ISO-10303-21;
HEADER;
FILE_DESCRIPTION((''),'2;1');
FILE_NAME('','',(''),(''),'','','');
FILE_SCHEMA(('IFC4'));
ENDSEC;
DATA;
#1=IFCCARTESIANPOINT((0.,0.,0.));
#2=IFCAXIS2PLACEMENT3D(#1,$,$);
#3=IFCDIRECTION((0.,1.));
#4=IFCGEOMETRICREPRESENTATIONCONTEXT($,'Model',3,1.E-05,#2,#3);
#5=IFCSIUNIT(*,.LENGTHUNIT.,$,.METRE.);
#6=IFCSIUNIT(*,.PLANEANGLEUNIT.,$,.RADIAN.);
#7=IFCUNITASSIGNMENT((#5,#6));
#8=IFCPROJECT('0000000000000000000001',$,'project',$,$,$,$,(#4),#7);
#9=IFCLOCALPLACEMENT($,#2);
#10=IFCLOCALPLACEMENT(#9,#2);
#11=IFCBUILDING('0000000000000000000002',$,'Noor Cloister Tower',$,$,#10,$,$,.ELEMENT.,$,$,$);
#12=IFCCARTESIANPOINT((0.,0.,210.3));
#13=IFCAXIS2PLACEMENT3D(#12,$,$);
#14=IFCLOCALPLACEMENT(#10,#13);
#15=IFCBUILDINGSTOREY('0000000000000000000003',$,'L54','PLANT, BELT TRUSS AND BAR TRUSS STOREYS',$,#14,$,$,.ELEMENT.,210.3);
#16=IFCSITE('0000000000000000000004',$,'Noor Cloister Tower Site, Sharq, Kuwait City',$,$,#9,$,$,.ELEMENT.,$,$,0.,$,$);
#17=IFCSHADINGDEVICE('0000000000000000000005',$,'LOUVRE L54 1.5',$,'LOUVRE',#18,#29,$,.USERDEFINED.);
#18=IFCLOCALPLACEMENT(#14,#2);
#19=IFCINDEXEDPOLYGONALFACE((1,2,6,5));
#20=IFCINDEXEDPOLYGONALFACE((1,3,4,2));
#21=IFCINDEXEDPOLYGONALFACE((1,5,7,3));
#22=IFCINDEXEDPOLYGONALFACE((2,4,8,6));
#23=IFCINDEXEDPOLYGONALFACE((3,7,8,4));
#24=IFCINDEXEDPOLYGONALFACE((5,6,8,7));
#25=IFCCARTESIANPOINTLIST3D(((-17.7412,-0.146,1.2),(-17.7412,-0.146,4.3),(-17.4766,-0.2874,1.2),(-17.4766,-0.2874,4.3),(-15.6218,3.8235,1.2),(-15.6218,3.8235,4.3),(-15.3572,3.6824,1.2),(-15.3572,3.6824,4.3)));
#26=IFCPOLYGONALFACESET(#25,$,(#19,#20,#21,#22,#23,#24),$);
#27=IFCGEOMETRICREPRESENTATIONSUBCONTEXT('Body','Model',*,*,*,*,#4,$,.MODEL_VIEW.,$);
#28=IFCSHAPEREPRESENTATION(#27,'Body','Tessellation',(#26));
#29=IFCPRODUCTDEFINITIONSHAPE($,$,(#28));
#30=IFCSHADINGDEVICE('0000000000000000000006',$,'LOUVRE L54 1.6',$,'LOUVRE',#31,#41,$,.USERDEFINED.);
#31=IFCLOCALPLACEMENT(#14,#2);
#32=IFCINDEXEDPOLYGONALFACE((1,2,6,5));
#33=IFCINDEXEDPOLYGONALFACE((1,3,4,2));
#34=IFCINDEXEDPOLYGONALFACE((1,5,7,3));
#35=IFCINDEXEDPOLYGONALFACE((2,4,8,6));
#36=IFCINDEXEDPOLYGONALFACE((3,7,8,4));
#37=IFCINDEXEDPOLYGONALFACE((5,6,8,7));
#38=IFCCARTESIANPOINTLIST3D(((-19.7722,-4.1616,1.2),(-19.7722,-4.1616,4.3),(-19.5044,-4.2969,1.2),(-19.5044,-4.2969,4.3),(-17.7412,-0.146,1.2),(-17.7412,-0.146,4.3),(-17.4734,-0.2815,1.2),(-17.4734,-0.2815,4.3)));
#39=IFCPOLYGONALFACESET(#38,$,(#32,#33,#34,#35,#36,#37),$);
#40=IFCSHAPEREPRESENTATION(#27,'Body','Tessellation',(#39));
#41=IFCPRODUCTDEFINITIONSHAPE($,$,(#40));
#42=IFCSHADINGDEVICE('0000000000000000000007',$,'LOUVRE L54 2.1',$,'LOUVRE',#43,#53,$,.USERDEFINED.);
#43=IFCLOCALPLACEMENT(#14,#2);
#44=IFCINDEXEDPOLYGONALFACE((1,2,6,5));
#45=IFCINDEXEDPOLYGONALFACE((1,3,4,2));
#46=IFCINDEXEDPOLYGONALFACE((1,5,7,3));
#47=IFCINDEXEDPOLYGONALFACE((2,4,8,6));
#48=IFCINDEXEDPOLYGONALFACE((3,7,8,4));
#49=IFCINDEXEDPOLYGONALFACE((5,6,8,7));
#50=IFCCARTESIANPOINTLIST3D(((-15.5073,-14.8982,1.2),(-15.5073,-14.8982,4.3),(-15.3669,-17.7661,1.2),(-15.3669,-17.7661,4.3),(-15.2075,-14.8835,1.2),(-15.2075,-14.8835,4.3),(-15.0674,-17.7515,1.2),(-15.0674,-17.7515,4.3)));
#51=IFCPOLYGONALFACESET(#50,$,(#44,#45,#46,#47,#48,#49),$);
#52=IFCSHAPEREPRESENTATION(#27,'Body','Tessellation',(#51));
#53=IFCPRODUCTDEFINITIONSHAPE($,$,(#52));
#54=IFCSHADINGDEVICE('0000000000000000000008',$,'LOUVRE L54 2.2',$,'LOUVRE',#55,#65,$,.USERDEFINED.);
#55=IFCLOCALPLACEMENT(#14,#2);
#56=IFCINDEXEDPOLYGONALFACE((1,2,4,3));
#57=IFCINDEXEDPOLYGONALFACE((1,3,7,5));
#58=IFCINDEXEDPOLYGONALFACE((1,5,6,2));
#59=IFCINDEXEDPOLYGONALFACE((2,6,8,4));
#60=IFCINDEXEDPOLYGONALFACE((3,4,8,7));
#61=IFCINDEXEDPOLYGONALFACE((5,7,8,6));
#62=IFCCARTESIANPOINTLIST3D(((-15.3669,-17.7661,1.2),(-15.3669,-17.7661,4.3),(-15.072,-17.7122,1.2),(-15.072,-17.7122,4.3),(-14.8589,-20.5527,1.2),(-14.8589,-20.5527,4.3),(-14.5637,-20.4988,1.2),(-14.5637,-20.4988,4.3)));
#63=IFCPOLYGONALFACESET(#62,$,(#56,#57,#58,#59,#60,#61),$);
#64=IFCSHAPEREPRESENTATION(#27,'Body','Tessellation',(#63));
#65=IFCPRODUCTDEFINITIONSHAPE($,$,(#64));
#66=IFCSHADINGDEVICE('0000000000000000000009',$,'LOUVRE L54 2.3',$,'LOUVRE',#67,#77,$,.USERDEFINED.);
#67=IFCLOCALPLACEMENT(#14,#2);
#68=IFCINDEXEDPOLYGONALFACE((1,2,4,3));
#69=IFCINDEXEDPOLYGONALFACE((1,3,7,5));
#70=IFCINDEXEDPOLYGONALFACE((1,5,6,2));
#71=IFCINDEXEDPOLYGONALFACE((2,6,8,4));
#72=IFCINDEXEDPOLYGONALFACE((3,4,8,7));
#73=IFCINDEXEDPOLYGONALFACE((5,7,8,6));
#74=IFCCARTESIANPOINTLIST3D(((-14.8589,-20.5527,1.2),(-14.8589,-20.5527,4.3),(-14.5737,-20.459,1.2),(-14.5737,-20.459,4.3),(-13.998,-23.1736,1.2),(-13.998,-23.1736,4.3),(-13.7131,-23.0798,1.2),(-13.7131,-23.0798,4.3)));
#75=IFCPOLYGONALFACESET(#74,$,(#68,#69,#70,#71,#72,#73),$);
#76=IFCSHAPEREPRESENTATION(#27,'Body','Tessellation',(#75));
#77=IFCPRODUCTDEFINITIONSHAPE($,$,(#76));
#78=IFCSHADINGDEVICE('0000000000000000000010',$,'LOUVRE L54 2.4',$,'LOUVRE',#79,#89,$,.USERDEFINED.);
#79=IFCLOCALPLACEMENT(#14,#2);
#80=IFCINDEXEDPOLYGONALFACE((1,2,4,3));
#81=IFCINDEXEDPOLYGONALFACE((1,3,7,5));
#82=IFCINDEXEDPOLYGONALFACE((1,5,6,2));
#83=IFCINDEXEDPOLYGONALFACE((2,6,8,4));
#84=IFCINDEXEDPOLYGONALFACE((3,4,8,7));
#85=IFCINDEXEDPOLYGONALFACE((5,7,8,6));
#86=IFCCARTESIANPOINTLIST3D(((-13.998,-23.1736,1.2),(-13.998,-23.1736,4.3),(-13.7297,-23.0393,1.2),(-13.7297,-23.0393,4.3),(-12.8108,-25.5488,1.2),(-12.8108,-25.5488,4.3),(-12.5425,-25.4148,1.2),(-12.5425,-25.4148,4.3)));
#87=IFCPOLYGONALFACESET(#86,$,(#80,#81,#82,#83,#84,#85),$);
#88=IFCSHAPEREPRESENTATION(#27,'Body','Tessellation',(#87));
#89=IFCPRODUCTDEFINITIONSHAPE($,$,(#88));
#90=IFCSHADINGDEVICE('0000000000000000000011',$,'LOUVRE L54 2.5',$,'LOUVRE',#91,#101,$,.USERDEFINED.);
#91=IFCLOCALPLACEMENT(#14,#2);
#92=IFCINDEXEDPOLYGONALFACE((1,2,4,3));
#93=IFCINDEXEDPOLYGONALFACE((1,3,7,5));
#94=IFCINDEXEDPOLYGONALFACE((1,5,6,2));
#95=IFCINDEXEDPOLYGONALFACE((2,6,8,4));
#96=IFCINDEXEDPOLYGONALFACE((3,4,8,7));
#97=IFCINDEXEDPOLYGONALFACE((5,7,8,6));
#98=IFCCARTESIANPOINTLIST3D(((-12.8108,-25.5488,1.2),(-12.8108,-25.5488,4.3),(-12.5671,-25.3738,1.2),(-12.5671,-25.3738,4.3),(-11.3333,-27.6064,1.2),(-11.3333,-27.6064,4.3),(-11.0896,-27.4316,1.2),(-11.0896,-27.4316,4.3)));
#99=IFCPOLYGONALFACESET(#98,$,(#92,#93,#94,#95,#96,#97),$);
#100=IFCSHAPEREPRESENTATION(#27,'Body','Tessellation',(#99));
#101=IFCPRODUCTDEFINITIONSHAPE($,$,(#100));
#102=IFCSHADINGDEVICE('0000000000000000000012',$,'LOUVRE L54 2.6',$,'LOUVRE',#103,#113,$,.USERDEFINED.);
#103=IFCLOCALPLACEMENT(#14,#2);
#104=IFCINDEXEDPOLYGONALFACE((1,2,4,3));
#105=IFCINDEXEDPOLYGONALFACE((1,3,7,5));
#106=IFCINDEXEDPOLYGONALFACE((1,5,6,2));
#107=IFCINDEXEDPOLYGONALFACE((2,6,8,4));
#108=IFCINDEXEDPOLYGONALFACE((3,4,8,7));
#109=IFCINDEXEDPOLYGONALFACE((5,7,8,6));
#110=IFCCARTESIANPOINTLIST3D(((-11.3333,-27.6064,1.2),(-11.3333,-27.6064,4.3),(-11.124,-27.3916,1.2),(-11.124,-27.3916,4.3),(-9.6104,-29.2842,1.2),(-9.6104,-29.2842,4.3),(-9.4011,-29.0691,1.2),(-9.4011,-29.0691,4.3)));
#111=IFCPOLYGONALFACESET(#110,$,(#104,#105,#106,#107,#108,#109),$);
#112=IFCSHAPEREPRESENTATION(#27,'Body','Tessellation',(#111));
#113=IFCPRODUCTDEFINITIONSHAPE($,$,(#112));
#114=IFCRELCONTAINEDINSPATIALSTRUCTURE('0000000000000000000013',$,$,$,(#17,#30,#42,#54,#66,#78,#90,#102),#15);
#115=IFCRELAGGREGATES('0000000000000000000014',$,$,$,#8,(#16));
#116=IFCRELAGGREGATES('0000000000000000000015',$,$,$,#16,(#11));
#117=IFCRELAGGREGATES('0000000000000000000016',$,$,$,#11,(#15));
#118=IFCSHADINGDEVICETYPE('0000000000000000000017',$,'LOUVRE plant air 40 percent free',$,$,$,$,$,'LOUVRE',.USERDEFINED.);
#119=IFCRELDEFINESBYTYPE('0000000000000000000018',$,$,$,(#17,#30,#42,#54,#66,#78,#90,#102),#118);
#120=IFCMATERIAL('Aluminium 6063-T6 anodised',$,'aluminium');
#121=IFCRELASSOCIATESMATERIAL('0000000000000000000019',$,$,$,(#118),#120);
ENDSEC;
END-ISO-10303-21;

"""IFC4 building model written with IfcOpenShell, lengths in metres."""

from ifc_helpers import new_model, si_unit, direction, frame, origin, place, context, subcontext, project, spatial, polyline, outline, extrude, material, type_object, element, save


model = new_model("IFC4")

# Units and contexts
model_context = context("Model", 3, precision=1e-05, world=origin(), true_north=direction((0.0, 1.0)))
body_context = subcontext(model_context, "Body", "Model", "MODEL_VIEW")
ifc_project = project(units=[si_unit("LENGTHUNIT", "METRE"), si_unit("PLANEANGLEUNIT", "RADIAN")], contexts=[model_context])

# Site, building, storey
site_placement = place(None, origin())
site = spatial("IfcSite", under=ifc_project, at=site_placement, Name="Noor Cloister Tower Site, Sharq, Kuwait City", CompositionType="ELEMENT", RefElevation=0.0)
building_placement = place(site_placement, origin())
building = spatial("IfcBuilding", under=site, at=building_placement, Name="Noor Cloister Tower", CompositionType="ELEMENT")
storey_placement = place(building_placement, frame((0.0, 0.0, 210.3)))
storey = spatial("IfcBuildingStorey", under=building, at=storey_placement, Name="L54", Description="PLANT, BELT TRUSS AND BAR TRUSS STOREYS", CompositionType="ELEMENT", Elevation=210.3)

# Shading devices
ifc_material_1 = material(Name="Aluminium 6063-T6 anodised", Category="aluminium")
shading_device_type = type_object("IfcShadingDeviceType", Name="LOUVRE plant air 40 percent free", ElementType="LOUVRE", PredefinedType="USERDEFINED", material=ifc_material_1)
shading_device_1_placement = place(storey_placement, frame((0.0, 0.0, 1.2)))
element("IfcShadingDevice", 1, at=shading_device_1_placement, inside=storey, type_object=shading_device_type, Name="LOUVRE L54 1.5", ObjectType="LOUVRE", PredefinedType="USERDEFINED", context=body_context, shape_type="SweptSolid", body=[
    extrude(outline(polyline([(-15.6218, 3.8235), (-17.7412, -0.146), (-17.4766, -0.2874), (-15.3572, 3.6824), (-15.6218, 3.8235)])), origin(), (0.0, 0.0, 1.0), 3.1001),
])
shading_device_2_placement = place(storey_placement, frame((0.0, 0.0, 1.2)))
element("IfcShadingDevice", 2, at=shading_device_2_placement, inside=storey, type_object=shading_device_type, Name="LOUVRE L54 1.6", ObjectType="LOUVRE", PredefinedType="USERDEFINED", context=body_context, shape_type="SweptSolid", body=[
    extrude(outline(polyline([(-17.7412, -0.146), (-19.7722, -4.1616), (-19.5044, -4.2969), (-17.4734, -0.2815), (-17.7412, -0.146)])), origin(), (0.0, 0.0, 1.0), 3.1001),
])
shading_device_3_placement = place(storey_placement, frame((0.0, 0.0, 1.2)))
element("IfcShadingDevice", 3, at=shading_device_3_placement, inside=storey, type_object=shading_device_type, Name="LOUVRE L54 2.1", ObjectType="LOUVRE", PredefinedType="USERDEFINED", context=body_context, shape_type="SweptSolid", body=[
    extrude(outline(polyline([(-15.5073, -14.8982), (-15.3669, -17.7661), (-15.0674, -17.7515), (-15.2075, -14.8835), (-15.5073, -14.8982)])), origin(), (0.0, 0.0, 1.0), 3.1001),
])
shading_device_4_placement = place(storey_placement, frame((0.0, 0.0, 1.2)))
element("IfcShadingDevice", 4, at=shading_device_4_placement, inside=storey, type_object=shading_device_type, Name="LOUVRE L54 2.2", ObjectType="LOUVRE", PredefinedType="USERDEFINED", context=body_context, shape_type="SweptSolid", body=[
    extrude(outline(polyline([(-15.3669, -17.7661), (-14.8589, -20.5527), (-14.5637, -20.4988), (-15.072, -17.7122), (-15.3669, -17.7661)])), origin(), (0.0, 0.0, 1.0), 3.1001),
])
shading_device_5_placement = place(storey_placement, frame((0.0, 0.0, 1.2)))
element("IfcShadingDevice", 5, at=shading_device_5_placement, inside=storey, type_object=shading_device_type, Name="LOUVRE L54 2.3", ObjectType="LOUVRE", PredefinedType="USERDEFINED", context=body_context, shape_type="SweptSolid", body=[
    extrude(outline(polyline([(-14.8589, -20.5527), (-13.998, -23.1736), (-13.7131, -23.0798), (-14.5737, -20.459), (-14.8589, -20.5527)])), origin(), (0.0, 0.0, 1.0), 3.1001),
])
shading_device_6_placement = place(storey_placement, frame((0.0, 0.0, 1.2)))
element("IfcShadingDevice", 6, at=shading_device_6_placement, inside=storey, type_object=shading_device_type, Name="LOUVRE L54 2.4", ObjectType="LOUVRE", PredefinedType="USERDEFINED", context=body_context, shape_type="SweptSolid", body=[
    extrude(outline(polyline([(-13.998, -23.1736), (-12.8108, -25.5488), (-12.5425, -25.4148), (-13.7297, -23.0393), (-13.998, -23.1736)])), origin(), (0.0, 0.0, 1.0), 3.1001),
])
shading_device_7_placement = place(storey_placement, frame((0.0, 0.0, 1.2)))
element("IfcShadingDevice", 7, at=shading_device_7_placement, inside=storey, type_object=shading_device_type, Name="LOUVRE L54 2.5", ObjectType="LOUVRE", PredefinedType="USERDEFINED", context=body_context, shape_type="SweptSolid", body=[
    extrude(outline(polyline([(-12.8108, -25.5488), (-11.3333, -27.6064), (-11.0896, -27.4316), (-12.5671, -25.3738), (-12.8108, -25.5488)])), origin(), (0.0, 0.0, 1.0), 3.1001),
])
shading_device_8_placement = place(storey_placement, frame((0.0, 0.0, 1.2)))
element("IfcShadingDevice", 8, at=shading_device_8_placement, inside=storey, type_object=shading_device_type, Name="LOUVRE L54 2.6", ObjectType="LOUVRE", PredefinedType="USERDEFINED", context=body_context, shape_type="SweptSolid", body=[
    extrude(outline(polyline([(-11.3333, -27.6064), (-9.6104, -29.2842), (-9.4011, -29.0691), (-11.124, -27.3916), (-11.3333, -27.6064)])), origin(), (0.0, 0.0, 1.0), 3.1001),
])

save(model, "model.ifc")
